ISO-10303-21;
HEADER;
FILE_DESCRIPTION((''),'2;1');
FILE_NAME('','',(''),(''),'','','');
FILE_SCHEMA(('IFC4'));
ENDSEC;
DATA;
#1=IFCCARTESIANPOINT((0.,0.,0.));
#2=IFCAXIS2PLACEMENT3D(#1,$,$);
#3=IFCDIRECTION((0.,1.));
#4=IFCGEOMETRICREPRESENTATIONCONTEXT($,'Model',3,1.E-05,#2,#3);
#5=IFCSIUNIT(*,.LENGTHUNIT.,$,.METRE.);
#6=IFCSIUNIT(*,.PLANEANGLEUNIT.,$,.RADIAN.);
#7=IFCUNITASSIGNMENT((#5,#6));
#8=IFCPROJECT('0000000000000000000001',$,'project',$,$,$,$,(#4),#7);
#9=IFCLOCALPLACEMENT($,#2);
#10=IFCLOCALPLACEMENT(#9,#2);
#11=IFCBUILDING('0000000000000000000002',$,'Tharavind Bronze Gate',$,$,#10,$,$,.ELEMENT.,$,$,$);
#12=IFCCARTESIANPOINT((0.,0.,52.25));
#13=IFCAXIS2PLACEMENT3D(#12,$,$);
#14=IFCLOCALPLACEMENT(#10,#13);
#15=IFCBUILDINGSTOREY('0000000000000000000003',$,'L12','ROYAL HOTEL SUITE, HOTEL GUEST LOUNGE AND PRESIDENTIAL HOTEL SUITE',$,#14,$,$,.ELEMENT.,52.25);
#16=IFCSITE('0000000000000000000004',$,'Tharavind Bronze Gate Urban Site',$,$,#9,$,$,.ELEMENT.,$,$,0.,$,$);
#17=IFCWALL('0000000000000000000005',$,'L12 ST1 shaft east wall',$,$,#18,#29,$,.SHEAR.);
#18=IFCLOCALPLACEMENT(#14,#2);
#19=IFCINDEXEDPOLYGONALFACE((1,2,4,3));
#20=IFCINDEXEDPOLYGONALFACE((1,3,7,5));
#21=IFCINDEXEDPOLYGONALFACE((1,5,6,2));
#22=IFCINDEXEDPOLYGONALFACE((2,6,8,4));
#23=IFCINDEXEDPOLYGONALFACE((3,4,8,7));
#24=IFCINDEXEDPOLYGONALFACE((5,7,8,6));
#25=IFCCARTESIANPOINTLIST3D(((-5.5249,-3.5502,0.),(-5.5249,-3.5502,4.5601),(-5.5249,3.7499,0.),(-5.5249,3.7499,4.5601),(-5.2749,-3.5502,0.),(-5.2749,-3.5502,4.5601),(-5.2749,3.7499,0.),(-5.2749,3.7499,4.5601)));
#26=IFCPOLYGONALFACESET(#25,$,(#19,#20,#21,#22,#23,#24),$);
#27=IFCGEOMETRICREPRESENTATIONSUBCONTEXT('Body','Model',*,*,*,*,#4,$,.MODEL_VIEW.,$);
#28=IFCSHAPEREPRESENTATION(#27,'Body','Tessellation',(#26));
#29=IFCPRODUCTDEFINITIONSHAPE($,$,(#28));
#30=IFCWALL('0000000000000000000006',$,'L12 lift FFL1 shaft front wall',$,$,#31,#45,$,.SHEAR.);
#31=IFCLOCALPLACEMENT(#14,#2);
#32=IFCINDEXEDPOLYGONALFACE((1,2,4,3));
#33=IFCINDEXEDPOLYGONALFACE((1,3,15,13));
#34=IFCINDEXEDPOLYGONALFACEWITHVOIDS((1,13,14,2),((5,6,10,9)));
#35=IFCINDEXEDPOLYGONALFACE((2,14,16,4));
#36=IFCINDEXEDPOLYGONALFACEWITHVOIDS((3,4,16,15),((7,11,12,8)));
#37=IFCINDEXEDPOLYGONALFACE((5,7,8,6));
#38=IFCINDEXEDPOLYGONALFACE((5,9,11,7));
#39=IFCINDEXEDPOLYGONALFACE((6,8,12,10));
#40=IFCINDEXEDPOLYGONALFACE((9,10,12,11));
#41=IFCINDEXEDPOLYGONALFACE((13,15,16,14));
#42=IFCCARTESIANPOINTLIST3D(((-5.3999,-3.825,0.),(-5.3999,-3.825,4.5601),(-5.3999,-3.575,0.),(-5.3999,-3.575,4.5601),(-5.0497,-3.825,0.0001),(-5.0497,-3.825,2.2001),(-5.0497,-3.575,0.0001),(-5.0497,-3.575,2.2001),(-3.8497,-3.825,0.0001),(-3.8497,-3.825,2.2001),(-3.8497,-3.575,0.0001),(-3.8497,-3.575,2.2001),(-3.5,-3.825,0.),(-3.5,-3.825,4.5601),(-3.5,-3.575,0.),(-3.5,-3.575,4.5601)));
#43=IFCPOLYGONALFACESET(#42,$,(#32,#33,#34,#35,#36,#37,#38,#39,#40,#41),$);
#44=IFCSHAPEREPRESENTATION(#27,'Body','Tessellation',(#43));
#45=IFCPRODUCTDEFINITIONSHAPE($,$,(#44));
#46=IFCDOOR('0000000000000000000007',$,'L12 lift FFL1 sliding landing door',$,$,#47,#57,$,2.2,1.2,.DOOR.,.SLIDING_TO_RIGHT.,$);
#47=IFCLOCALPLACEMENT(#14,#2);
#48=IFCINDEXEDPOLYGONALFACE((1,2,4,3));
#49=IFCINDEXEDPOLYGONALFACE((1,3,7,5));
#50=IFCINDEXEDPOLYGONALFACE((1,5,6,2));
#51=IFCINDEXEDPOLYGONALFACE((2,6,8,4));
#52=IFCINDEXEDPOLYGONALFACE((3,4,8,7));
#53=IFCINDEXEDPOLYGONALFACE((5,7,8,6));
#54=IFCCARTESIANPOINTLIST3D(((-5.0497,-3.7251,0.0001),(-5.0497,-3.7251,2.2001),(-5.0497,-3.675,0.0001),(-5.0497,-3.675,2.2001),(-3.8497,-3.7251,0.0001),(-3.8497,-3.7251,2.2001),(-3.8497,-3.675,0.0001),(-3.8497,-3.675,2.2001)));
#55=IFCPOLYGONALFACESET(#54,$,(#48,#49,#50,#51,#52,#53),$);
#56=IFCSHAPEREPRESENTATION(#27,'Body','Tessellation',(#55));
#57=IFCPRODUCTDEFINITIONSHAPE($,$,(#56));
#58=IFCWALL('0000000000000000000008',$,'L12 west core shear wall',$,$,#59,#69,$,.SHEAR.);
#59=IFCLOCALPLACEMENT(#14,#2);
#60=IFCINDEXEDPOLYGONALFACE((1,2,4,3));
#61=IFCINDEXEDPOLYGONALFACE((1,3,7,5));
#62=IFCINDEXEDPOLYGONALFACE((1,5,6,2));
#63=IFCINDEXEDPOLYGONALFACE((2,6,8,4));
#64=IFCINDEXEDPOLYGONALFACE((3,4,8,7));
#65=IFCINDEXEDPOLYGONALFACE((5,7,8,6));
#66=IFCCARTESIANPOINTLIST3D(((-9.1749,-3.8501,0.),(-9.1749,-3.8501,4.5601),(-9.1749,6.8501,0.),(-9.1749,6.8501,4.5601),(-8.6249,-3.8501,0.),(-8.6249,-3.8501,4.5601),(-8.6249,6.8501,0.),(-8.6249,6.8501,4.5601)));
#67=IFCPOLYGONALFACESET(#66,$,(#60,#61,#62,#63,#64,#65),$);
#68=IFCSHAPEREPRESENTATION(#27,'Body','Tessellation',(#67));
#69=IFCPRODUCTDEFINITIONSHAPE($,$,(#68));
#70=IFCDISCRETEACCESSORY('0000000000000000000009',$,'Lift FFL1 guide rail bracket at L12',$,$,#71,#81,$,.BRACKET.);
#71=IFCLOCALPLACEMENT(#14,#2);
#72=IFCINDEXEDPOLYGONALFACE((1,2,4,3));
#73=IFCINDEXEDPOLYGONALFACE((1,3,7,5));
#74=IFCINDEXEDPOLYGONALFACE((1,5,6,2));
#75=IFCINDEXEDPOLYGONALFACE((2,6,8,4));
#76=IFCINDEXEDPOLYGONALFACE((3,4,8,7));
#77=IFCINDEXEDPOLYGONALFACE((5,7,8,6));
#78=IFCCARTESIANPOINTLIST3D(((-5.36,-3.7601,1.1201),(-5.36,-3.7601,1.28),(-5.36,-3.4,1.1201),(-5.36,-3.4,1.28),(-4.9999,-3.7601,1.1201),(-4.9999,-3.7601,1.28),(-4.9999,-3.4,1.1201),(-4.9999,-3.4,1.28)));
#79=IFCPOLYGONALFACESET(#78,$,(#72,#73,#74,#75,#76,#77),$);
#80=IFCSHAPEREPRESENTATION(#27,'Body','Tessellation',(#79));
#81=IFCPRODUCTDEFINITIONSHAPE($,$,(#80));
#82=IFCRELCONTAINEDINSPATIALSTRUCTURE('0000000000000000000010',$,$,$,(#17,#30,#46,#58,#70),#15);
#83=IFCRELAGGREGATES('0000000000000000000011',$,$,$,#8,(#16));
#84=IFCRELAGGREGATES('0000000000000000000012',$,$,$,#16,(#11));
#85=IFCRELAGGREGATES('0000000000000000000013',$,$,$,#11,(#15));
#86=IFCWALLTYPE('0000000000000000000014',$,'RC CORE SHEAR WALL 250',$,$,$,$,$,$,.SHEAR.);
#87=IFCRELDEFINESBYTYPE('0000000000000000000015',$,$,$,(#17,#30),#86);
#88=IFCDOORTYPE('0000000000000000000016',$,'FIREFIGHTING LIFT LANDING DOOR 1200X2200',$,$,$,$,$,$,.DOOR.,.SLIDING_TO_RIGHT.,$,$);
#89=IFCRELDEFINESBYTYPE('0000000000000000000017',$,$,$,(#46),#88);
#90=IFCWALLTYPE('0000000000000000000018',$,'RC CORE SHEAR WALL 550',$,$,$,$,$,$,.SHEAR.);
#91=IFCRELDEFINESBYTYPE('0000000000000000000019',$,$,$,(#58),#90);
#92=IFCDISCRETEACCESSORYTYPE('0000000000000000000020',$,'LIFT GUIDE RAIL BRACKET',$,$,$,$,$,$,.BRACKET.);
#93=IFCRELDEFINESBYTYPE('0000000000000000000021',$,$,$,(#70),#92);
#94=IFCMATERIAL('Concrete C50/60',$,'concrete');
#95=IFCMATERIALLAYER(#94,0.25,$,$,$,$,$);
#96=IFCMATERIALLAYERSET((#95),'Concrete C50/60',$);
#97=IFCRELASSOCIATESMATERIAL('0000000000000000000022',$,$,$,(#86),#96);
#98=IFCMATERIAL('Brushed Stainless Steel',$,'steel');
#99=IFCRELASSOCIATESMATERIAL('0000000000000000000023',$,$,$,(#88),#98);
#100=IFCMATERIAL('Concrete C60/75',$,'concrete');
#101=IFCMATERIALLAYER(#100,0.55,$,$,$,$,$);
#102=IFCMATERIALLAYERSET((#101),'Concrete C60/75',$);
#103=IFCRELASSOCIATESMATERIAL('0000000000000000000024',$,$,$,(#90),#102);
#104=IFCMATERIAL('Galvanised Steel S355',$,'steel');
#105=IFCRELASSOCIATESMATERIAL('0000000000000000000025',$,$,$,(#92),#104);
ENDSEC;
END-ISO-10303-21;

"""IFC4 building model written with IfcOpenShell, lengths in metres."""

from ifc_helpers import new_model, si_unit, direction, frame, frame_2d, origin, origin_2d, place, context, subcontext, project, spatial, rectangle, extrude, material, layer, layer_set, type_object, element, fill, save


model = new_model("IFC4")

# Units and contexts
model_context = context("Model", 3, precision=1e-05, world=origin(), true_north=direction((0.0, 1.0)))
body_context = subcontext(model_context, "Body", "Model", "MODEL_VIEW")
ifc_project = project(units=[si_unit("LENGTHUNIT", "METRE"), si_unit("PLANEANGLEUNIT", "RADIAN")], contexts=[model_context])

# Site, building, storey
site_placement = place(None, origin())
site = spatial("IfcSite", under=ifc_project, at=site_placement, Name="Tharavind Bronze Gate Urban Site", CompositionType="ELEMENT", RefElevation=0.0)
building_placement = place(site_placement, origin())
building = spatial("IfcBuilding", under=site, at=building_placement, Name="Tharavind Bronze Gate", CompositionType="ELEMENT")
storey_placement = place(building_placement, frame((0.0, 0.0, 52.25)))
storey = spatial("IfcBuildingStorey", under=building, at=storey_placement, Name="L12", Description="ROYAL HOTEL SUITE, HOTEL GUEST LOUNGE AND PRESIDENTIAL HOTEL SUITE", CompositionType="ELEMENT", Elevation=52.25)

# Wall
ifc_material_1 = material(Name="Concrete C50/60", Category="concrete")
ifc_layer_1 = layer(ifc_material_1, 0.25)
ifc_layer_set_1 = layer_set([ifc_layer_1], Name="Concrete C50/60")
wall_type_1 = type_object("IfcWallType", Name="RC CORE SHEAR WALL 250", PredefinedType="SHEAR", material=ifc_layer_set_1)
wall_1_placement = place(storey_placement, frame((-5.3999, -3.55, 0.0), z_axis=(0.0, 0.0, 1.0), x_axis=(0.0, 1.0, 0.0)))
element("IfcWall", 1, at=wall_1_placement, inside=storey, type_object=wall_type_1, Name="L12 ST1 shaft east wall", PredefinedType="SHEAR", context=body_context, shape_type="SweptSolid", body=[
    extrude(rectangle(XDim=7.3, YDim=0.25, at=frame_2d((3.6499, 0.0))), origin(), (0.0, 0.0, 1.0), 4.5601),
])

# Wall, opening, door
wall_2_placement = place(storey_placement, frame((-5.3999, -3.7, 0.0), z_axis=(0.0, 0.0, 1.0), x_axis=(1.0, 0.0, 0.0)))
wall_2 = element("IfcWall", 2, at=wall_2_placement, inside=storey, type_object=wall_type_1, Name="L12 lift FFL1 shaft front wall", PredefinedType="SHEAR", context=body_context, shape_type="SweptSolid", body=[
    extrude(rectangle(XDim=1.8999, YDim=0.25, at=frame_2d((0.95, 0.0))), origin(), (0.0, 0.0, 1.0), 4.5601),
])
opening_1_placement = place(wall_2_placement, frame((0.3501, 0.0, 0.0)))
opening_1 = element("IfcOpeningElement", 3, at=opening_1_placement, cuts=wall_2, PredefinedType="OPENING", context=body_context, shape_type="SweptSolid", body=[
    extrude(rectangle(XDim=1.2, YDim=2.2, at=frame_2d((0.6001, 1.1001))), frame((0.0, 0.135, 0.0), z_axis=(0.0, -1.0, 0.0), x_axis=(1.0, 0.0, 0.0)), (0.0, 0.0, 1.0), 0.27),
])
ifc_material_2 = material(Name="Brushed Stainless Steel", Category="steel")
door_type_1 = type_object("IfcDoorType", Name="FIREFIGHTING LIFT LANDING DOOR 1200X2200", OperationType="SLIDING_TO_RIGHT", PredefinedType="DOOR", material=ifc_material_2)
door_1_placement = place(opening_1_placement, origin())
door_1 = element("IfcDoor", 4, at=door_1_placement, inside=storey, type_object=door_type_1, Name="L12 lift FFL1 sliding landing door", OperationType="SLIDING_TO_RIGHT", OverallHeight=2.2, OverallWidth=1.2, PredefinedType="DOOR", context=body_context, shape_type="SweptSolid", body=[
    extrude(rectangle(XDim=1.2, YDim=2.2, at=frame_2d((0.6001, 1.1001))), frame((0.0, 0.0249, 0.0), z_axis=(0.0, -1.0, 0.0), x_axis=(1.0, 0.0, 0.0)), (0.0, 0.0, 1.0), 0.05),
])
fill(opening_1, door_1)

# Wall
ifc_material_3 = material(Name="Concrete C60/75", Category="concrete")
ifc_layer_2 = layer(ifc_material_3, 0.55)
ifc_layer_set_2 = layer_set([ifc_layer_2], Name="Concrete C60/75")
wall_type_2 = type_object("IfcWallType", Name="RC CORE SHEAR WALL 550", PredefinedType="SHEAR", material=ifc_layer_set_2)
wall_3_placement = place(storey_placement, frame((-8.8999, -3.8501, 0.0), z_axis=(0.0, 0.0, 1.0), x_axis=(0.0, 1.0, 0.0)))
element("IfcWall", 5, at=wall_3_placement, inside=storey, type_object=wall_type_2, Name="L12 west core shear wall", PredefinedType="SHEAR", context=body_context, shape_type="SweptSolid", body=[
    extrude(rectangle(XDim=10.7002, YDim=0.55, at=frame_2d((5.3501, 0.0))), origin(), (0.0, 0.0, 1.0), 4.5601),
])

# Discrete accessory
ifc_material_4 = material(Name="Galvanised Steel S355", Category="steel")
discrete_accessory_type = type_object("IfcDiscreteAccessoryType", Name="LIFT GUIDE RAIL BRACKET", PredefinedType="BRACKET", material=ifc_material_4)
discrete_accessory_placement = place(storey_placement, frame((-5.1799, -3.5801, 1.1201), z_axis=(0.0, 0.0, 1.0), x_axis=(1.0, 0.0, 0.0)))
element("IfcDiscreteAccessory", 6, at=discrete_accessory_placement, inside=storey, type_object=discrete_accessory_type, Name="Lift FFL1 guide rail bracket at L12", PredefinedType="BRACKET", context=body_context, shape_type="SweptSolid", body=[
    extrude(rectangle(XDim=0.3601, YDim=0.3601, at=origin_2d()), origin(), (0.0, 0.0, 1.0), 0.1599),
])

save(model, "model.ifc")
